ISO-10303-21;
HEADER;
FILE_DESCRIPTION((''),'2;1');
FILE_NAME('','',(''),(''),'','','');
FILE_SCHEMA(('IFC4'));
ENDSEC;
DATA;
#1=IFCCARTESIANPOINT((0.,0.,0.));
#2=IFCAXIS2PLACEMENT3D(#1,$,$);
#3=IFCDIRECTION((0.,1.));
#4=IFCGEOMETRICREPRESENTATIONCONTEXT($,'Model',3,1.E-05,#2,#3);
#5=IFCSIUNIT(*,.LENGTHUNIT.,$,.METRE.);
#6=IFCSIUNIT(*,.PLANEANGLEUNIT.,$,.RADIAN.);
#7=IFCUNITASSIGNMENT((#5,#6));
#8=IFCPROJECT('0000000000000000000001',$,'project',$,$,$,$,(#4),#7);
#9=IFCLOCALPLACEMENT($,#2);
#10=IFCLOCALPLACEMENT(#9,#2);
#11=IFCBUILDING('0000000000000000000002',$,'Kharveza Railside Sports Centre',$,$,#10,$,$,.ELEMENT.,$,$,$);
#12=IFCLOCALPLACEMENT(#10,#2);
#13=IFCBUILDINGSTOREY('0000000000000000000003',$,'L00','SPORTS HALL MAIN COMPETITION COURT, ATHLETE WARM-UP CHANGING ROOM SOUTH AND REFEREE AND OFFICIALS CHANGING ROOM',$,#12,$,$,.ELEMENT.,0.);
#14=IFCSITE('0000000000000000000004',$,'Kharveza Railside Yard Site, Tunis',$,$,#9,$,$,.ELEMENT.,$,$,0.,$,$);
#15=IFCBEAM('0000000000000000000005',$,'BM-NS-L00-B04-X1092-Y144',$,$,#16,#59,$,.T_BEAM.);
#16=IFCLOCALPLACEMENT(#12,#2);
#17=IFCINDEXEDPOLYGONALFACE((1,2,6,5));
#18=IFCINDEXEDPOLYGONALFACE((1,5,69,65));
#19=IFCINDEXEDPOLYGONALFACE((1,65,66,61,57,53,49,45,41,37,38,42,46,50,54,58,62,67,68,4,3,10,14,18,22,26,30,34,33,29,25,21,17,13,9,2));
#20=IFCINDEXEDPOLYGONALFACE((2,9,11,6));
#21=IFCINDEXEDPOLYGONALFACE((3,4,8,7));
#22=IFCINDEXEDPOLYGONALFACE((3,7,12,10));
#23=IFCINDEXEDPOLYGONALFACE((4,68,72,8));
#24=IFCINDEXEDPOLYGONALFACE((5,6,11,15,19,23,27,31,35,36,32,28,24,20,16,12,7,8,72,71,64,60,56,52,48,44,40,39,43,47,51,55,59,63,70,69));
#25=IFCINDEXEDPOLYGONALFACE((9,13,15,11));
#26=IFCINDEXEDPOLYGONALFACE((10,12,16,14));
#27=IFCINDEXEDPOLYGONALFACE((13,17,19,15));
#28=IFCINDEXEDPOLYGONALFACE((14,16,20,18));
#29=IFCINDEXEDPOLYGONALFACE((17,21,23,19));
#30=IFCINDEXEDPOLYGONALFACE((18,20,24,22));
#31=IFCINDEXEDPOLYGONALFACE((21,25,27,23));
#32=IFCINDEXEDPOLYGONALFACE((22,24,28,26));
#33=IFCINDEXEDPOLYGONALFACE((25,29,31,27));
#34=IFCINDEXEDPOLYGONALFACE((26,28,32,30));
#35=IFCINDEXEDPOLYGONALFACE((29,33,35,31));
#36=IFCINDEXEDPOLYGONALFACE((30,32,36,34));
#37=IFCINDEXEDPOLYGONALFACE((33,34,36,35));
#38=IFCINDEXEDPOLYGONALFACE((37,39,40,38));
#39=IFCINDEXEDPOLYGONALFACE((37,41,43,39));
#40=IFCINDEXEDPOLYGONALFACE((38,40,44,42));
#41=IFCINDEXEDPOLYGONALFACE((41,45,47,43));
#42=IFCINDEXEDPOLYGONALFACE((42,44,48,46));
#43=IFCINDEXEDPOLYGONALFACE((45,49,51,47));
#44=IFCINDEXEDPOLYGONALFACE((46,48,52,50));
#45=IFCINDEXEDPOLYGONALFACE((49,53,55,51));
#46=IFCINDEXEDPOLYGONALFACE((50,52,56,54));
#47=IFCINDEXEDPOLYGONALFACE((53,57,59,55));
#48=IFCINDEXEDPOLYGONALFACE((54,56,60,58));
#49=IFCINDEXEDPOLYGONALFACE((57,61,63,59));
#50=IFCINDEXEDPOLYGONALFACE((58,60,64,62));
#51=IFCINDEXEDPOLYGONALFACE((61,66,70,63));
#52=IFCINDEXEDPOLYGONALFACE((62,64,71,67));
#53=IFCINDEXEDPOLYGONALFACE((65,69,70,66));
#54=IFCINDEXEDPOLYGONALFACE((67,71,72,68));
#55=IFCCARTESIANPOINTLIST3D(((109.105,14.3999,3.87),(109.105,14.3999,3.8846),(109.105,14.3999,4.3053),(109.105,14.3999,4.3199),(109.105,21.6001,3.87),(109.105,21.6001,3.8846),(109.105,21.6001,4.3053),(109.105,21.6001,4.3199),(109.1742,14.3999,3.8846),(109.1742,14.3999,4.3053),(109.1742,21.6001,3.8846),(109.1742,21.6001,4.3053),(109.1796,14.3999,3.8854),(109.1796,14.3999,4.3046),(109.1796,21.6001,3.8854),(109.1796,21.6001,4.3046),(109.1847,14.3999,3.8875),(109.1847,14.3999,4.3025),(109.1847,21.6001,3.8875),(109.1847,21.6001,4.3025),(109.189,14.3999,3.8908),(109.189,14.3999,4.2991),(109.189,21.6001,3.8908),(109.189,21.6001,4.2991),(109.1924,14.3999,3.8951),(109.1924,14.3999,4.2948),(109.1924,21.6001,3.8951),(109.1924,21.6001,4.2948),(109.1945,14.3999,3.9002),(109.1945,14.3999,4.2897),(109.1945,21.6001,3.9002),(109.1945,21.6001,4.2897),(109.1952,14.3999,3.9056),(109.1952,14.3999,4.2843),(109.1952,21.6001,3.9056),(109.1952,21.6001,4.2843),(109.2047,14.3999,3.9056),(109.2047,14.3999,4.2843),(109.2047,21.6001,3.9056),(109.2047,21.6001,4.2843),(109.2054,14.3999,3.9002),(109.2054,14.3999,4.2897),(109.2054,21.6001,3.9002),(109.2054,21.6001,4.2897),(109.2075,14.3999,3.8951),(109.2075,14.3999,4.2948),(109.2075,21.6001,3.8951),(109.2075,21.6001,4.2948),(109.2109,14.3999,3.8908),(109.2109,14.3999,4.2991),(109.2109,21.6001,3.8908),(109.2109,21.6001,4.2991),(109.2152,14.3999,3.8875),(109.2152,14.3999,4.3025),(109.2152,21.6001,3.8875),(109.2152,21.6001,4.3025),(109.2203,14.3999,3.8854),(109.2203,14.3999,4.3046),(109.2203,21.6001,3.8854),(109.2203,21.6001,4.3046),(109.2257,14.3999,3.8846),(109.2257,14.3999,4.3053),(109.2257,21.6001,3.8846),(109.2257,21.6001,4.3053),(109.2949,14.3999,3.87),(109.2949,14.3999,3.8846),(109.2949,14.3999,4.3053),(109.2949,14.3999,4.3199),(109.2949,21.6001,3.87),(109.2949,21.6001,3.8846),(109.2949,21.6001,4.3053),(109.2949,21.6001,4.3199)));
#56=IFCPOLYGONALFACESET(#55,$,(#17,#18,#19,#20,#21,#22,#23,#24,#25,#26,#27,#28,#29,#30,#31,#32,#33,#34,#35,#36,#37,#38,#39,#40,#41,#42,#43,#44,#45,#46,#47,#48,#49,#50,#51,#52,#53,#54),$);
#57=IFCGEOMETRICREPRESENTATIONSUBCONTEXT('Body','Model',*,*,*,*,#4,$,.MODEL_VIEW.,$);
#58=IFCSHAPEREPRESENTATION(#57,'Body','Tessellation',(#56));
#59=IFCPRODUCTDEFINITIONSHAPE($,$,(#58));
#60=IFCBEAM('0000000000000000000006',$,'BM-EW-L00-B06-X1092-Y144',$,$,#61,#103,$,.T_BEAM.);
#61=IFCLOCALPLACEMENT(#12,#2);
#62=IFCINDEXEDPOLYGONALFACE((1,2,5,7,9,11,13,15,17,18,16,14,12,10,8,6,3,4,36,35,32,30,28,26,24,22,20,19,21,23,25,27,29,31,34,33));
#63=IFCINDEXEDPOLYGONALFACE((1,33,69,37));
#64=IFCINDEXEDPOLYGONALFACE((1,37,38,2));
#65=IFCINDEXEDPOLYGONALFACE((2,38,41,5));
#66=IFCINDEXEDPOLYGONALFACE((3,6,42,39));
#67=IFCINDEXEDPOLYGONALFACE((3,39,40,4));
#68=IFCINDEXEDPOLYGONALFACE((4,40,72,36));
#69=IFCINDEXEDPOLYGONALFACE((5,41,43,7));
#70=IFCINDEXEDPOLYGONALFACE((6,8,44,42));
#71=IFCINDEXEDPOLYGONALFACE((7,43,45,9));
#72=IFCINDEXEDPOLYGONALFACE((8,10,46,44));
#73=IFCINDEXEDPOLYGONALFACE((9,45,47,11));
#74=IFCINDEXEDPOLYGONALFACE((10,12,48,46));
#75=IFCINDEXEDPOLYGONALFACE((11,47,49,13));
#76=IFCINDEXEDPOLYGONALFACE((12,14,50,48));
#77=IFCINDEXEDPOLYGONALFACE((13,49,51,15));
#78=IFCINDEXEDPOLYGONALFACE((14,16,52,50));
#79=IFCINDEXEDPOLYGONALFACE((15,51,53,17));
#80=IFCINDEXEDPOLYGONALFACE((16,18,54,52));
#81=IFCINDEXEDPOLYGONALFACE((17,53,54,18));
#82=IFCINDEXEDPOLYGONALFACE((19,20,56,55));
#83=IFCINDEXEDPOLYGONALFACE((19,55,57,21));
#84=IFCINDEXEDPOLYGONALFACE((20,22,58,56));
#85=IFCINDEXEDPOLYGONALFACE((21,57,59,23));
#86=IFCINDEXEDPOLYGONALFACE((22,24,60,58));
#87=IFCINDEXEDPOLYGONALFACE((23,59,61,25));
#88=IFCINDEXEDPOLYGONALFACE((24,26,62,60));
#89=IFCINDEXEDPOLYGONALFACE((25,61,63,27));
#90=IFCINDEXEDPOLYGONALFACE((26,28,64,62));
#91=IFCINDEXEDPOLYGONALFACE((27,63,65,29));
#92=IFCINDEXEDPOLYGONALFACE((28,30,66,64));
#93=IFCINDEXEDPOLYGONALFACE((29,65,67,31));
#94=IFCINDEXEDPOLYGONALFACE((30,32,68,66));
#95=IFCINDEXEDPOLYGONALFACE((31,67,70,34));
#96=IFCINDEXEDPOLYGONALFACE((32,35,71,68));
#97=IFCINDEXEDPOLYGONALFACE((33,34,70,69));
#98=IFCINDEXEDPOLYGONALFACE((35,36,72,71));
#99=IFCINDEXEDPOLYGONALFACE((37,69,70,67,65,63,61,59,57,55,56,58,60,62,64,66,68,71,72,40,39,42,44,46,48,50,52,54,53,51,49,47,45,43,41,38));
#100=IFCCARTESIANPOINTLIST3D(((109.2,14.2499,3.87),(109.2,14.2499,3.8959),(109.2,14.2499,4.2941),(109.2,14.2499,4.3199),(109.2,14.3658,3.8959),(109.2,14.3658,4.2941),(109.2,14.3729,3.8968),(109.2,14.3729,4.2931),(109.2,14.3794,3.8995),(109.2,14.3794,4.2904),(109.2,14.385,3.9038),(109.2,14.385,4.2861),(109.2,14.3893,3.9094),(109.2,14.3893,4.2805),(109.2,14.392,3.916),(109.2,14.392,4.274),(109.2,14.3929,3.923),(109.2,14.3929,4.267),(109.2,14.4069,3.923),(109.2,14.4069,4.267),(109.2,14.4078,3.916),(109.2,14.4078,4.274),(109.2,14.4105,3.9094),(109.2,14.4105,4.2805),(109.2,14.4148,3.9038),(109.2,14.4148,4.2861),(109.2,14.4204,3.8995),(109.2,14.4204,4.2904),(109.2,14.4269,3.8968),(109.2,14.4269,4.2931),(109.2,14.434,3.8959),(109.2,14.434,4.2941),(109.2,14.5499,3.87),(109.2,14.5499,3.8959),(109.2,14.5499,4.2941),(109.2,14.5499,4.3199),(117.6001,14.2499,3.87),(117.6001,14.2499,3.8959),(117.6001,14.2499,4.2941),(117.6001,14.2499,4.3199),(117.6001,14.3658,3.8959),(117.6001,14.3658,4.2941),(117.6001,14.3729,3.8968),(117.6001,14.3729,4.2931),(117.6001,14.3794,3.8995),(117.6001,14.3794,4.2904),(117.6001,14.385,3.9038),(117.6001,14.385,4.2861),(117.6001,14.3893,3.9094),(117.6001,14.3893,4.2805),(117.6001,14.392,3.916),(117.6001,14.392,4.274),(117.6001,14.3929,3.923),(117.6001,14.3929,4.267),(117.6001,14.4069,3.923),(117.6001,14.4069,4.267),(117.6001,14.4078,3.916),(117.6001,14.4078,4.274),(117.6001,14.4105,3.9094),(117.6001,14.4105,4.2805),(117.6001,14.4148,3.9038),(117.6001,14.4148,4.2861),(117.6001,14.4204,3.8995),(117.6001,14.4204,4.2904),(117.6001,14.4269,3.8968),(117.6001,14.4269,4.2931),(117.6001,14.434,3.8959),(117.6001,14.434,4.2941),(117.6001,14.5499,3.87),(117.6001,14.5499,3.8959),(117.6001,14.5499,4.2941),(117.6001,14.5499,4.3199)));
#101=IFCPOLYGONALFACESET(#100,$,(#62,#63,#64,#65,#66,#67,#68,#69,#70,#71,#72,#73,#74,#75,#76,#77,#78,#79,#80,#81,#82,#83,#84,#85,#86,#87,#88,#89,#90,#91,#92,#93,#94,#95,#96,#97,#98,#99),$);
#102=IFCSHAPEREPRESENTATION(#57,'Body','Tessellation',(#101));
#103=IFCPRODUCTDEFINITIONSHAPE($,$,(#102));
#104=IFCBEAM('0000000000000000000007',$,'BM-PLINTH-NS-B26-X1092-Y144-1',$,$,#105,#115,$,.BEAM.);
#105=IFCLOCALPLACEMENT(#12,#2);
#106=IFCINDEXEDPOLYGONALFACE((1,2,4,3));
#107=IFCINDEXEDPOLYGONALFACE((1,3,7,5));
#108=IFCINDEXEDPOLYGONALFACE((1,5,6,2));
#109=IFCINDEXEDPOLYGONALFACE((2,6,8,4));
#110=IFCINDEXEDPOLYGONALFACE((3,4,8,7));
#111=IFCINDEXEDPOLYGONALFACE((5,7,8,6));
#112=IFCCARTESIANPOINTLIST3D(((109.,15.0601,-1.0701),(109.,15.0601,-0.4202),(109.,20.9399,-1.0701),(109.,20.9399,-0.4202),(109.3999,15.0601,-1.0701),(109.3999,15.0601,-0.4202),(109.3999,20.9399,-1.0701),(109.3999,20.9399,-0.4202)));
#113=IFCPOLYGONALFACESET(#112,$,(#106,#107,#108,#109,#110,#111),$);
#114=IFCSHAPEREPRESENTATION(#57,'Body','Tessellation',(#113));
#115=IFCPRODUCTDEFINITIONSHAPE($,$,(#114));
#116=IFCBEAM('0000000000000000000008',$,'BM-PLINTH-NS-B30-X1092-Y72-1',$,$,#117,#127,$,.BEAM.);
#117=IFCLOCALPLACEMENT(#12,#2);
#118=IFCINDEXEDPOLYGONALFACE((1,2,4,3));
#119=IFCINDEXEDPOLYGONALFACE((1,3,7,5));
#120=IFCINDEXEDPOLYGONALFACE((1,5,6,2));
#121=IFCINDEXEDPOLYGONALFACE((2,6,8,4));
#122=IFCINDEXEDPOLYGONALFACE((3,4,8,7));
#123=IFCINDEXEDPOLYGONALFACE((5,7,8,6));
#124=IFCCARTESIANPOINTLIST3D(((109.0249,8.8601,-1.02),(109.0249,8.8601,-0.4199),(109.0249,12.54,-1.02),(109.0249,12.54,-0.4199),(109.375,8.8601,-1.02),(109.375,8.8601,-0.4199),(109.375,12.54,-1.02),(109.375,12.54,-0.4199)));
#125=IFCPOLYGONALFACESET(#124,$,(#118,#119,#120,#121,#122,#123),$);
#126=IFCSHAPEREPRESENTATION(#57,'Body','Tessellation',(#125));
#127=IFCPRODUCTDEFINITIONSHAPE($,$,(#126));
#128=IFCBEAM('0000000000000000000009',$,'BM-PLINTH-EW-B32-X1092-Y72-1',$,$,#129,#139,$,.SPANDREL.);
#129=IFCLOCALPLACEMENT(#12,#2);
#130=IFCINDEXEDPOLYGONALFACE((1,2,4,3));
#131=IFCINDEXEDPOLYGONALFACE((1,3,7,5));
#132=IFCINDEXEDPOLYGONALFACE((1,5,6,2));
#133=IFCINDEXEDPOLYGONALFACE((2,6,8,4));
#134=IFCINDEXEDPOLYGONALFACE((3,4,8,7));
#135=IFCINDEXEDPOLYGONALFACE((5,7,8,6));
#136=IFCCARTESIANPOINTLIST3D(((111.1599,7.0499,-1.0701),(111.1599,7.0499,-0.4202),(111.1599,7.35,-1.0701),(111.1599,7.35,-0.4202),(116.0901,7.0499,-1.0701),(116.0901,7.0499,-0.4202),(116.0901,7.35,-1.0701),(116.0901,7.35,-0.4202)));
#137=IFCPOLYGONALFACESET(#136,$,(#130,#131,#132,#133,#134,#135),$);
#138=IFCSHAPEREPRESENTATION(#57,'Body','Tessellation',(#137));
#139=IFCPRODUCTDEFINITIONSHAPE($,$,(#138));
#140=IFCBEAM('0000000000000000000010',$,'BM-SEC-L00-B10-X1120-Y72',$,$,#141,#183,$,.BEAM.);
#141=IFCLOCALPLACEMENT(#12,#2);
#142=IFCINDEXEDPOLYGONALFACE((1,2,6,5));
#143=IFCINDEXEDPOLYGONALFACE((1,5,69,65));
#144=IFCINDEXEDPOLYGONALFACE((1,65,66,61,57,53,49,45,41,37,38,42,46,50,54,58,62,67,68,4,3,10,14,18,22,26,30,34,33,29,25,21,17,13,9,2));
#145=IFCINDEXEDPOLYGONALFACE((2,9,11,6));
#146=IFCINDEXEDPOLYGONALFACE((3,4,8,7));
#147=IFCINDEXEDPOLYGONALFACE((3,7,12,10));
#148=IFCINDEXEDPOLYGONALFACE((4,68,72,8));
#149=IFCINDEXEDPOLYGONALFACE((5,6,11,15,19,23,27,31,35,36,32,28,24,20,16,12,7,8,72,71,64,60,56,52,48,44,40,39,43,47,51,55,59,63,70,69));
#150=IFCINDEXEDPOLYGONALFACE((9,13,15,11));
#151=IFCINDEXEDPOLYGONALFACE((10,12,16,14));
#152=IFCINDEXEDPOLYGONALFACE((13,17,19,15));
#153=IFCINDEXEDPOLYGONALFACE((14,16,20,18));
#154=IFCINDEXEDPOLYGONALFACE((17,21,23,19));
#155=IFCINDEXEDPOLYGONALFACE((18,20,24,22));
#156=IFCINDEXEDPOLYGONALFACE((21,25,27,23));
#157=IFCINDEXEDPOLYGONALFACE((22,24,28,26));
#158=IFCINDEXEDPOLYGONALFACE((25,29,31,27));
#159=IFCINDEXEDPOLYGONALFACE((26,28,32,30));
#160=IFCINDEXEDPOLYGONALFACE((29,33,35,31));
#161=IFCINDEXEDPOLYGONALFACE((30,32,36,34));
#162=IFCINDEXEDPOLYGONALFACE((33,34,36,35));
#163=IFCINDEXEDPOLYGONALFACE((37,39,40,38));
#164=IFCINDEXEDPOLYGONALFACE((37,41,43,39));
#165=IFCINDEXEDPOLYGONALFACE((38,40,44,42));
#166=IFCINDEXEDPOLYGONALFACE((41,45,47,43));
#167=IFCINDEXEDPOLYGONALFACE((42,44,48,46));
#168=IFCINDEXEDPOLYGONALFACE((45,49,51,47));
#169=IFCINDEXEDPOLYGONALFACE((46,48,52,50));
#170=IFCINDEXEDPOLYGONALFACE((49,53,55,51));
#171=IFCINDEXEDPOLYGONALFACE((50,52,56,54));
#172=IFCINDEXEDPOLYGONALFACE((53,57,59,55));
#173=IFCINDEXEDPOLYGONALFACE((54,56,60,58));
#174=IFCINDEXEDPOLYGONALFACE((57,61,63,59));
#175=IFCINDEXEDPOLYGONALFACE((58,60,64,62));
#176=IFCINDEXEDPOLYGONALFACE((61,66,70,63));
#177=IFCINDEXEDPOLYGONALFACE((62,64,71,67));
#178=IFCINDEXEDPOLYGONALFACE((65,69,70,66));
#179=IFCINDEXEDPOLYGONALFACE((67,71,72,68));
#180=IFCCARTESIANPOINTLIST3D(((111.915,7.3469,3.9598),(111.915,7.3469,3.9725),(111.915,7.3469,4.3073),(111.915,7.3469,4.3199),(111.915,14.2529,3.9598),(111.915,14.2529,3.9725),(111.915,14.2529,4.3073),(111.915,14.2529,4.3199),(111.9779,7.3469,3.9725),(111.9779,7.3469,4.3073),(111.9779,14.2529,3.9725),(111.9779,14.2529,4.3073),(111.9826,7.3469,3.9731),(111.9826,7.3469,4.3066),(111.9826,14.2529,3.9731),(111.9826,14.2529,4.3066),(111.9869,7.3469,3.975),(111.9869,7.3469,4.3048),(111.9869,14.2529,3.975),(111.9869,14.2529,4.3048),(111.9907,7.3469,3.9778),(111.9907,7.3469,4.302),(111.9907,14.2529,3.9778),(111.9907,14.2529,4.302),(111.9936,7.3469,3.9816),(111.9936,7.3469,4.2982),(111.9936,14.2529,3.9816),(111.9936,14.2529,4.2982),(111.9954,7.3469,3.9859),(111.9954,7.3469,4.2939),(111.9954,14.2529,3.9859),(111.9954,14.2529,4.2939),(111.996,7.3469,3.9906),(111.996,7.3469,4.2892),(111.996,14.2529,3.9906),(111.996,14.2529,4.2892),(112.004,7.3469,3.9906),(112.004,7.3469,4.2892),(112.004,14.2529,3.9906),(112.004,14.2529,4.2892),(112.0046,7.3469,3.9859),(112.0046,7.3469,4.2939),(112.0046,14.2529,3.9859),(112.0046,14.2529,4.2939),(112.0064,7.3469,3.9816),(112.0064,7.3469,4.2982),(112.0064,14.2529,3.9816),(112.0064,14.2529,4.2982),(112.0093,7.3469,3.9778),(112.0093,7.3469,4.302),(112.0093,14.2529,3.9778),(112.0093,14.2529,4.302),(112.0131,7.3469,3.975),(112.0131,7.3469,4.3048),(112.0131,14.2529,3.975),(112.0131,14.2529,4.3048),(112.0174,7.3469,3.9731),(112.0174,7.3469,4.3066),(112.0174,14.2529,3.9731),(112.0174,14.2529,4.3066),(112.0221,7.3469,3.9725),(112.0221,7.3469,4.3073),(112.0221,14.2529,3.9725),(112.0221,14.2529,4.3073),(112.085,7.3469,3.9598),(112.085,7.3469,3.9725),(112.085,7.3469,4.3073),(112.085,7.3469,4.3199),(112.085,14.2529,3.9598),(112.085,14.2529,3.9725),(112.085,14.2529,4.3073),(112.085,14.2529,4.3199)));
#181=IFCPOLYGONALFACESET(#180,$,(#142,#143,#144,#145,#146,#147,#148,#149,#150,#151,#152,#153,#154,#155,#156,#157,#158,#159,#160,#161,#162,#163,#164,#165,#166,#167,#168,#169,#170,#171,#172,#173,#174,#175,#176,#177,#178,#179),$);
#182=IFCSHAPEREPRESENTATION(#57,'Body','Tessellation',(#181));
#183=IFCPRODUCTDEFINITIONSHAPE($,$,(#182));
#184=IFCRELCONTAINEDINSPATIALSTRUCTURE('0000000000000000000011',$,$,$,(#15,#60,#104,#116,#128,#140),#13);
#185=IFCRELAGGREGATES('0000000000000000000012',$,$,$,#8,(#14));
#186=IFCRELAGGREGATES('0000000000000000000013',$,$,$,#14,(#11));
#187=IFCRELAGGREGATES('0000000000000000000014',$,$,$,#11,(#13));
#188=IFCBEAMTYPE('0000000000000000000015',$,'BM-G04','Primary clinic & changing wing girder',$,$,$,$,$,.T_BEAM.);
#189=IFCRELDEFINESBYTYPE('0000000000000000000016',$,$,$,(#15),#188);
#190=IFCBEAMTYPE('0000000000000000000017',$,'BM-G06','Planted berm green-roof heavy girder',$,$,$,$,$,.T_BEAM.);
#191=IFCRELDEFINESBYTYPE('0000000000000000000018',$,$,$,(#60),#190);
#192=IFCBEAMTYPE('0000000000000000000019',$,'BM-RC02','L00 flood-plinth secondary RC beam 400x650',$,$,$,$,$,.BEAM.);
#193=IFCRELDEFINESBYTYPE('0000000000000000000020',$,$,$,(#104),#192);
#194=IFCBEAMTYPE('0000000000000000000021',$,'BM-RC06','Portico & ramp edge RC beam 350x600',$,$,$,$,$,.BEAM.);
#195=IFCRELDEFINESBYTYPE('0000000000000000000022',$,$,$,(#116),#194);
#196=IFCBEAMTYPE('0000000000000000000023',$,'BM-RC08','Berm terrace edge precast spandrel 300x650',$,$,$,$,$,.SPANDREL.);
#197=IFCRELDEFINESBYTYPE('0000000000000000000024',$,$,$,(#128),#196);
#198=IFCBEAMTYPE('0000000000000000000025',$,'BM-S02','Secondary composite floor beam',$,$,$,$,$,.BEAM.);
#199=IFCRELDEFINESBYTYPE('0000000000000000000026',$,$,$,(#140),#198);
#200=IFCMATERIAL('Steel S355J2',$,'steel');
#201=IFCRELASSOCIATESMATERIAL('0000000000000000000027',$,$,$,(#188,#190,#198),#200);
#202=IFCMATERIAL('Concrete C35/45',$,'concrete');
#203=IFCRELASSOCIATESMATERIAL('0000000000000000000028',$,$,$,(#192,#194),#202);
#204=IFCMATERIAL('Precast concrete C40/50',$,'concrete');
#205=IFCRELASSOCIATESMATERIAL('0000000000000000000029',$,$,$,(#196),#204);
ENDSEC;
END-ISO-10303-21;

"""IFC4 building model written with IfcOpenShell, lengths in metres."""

from ifc_helpers import new_model, si_unit, direction, frame, origin, origin_2d, place, context, subcontext, project, spatial, rectangle, i_section, extrude, material, material_profile, profile_set, type_object, element, save


model = new_model("IFC4")

# Units and contexts
model_context = context("Model", 3, precision=1e-05, world=origin(), true_north=direction((0.0, 1.0)))
body_context = subcontext(model_context, "Body", "Model", "MODEL_VIEW")
ifc_project = project(units=[si_unit("LENGTHUNIT", "METRE"), si_unit("PLANEANGLEUNIT", "RADIAN")], contexts=[model_context])

# Site, building, storey
site_placement = place(None, origin())
site = spatial("IfcSite", under=ifc_project, at=site_placement, Name="Kharveza Railside Yard Site, Tunis", CompositionType="ELEMENT", RefElevation=0.0)
building_placement = place(site_placement, origin())
building = spatial("IfcBuilding", under=site, at=building_placement, Name="Kharveza Railside Sports Centre", CompositionType="ELEMENT")
storey_placement = place(building_placement, origin())
storey = spatial("IfcBuildingStorey", under=building, at=storey_placement, Name="L00", Description="SPORTS HALL MAIN COMPETITION COURT, ATHLETE WARM-UP CHANGING ROOM SOUTH AND REFEREE AND OFFICIALS CHANGING ROOM", CompositionType="ELEMENT", Elevation=0.0)

# Shared definitions
ifc_material_1 = material(Name="Concrete C35/45", Category="concrete")

# Shared definitions
ifc_material_2 = material(Name="Steel S355J2", Category="steel")

# Beams
ifc_material_profile_1 = material_profile(ifc_material_2, i_section(OverallWidth=0.1899, OverallDepth=0.45, WebThickness=0.0095, FlangeThickness=0.0146, FilletRadius=0.021, at=origin_2d()), Name="IPE 450")
ifc_profile_set_1 = profile_set([ifc_material_profile_1], Name="Steel S355J2")
beam_type_1 = type_object("IfcBeamType", Name="BM-G04", Description="Primary clinic & changing wing girder", PredefinedType="T_BEAM", material=ifc_profile_set_1)
beam_1_placement = place(storey_placement, frame((109.2, 14.3999, 4.095), z_axis=(0.0, 1.0, 0.0), x_axis=(-1.0, 0.0, 0.0)))
element("IfcBeam", 1, at=beam_1_placement, inside=storey, type_object=beam_type_1, Name="BM-NS-L00-B04-X1092-Y144", PredefinedType="T_BEAM", context=body_context, shape_type="SweptSolid", body=[
    extrude(i_section(OverallWidth=0.1899, OverallDepth=0.45, WebThickness=0.0095, FlangeThickness=0.0146, FilletRadius=0.021, at=origin_2d()), origin(), (0.0, 0.0, 1.0), 7.2002),
])
ifc_material_profile_2 = material_profile(ifc_material_2, i_section(OverallWidth=0.3, OverallDepth=0.45, WebThickness=0.0139, FlangeThickness=0.0259, FilletRadius=0.0271, at=origin_2d()), Name="HEB 450")
ifc_profile_set_2 = profile_set([ifc_material_profile_2], Name="Steel S355J2")
beam_type_2 = type_object("IfcBeamType", Name="BM-G06", Description="Planted berm green-roof heavy girder", PredefinedType="T_BEAM", material=ifc_profile_set_2)
beam_2_placement = place(storey_placement, frame((109.2, 14.3999, 4.095), z_axis=(1.0, 0.0, 0.0), x_axis=(0.0, 1.0, 0.0)))
element("IfcBeam", 2, at=beam_2_placement, inside=storey, type_object=beam_type_2, Name="BM-EW-L00-B06-X1092-Y144", PredefinedType="T_BEAM", context=body_context, shape_type="SweptSolid", body=[
    extrude(i_section(OverallWidth=0.3, OverallDepth=0.45, WebThickness=0.0139, FlangeThickness=0.0259, FilletRadius=0.0271, at=origin_2d()), origin(), (0.0, 0.0, 1.0), 8.4001),
])
ifc_material_profile_3 = material_profile(ifc_material_1, rectangle(XDim=0.3999, YDim=0.6499, at=origin_2d()), Name="RCB 400x650")
ifc_profile_set_3 = profile_set([ifc_material_profile_3], Name="Concrete C35/45")
beam_type_3 = type_object("IfcBeamType", Name="BM-RC02", Description="L00 flood-plinth secondary RC beam 400x650", PredefinedType="BEAM", material=ifc_profile_set_3)
beam_3_placement = place(storey_placement, frame((109.2, 15.0601, -0.7451), z_axis=(0.0, 1.0, 0.0), x_axis=(-1.0, 0.0, 0.0)))
element("IfcBeam", 3, at=beam_3_placement, inside=storey, type_object=beam_type_3, Name="BM-PLINTH-NS-B26-X1092-Y144-1", PredefinedType="BEAM", context=body_context, shape_type="SweptSolid", body=[
    extrude(rectangle(XDim=0.3999, YDim=0.6499, at=origin_2d()), origin(), (0.0, 0.0, 1.0), 5.8799),
])
ifc_material_profile_4 = material_profile(ifc_material_1, rectangle(XDim=0.3501, YDim=0.6001, at=origin_2d()), Name="RCB 350x600")
ifc_profile_set_4 = profile_set([ifc_material_profile_4], Name="Concrete C35/45")
beam_type_4 = type_object("IfcBeamType", Name="BM-RC06", Description="Portico & ramp edge RC beam 350x600", PredefinedType="BEAM", material=ifc_profile_set_4)
beam_4_placement = place(storey_placement, frame((109.2, 8.8601, -0.72), z_axis=(0.0, 1.0, 0.0), x_axis=(-1.0, 0.0, 0.0)))
element("IfcBeam", 4, at=beam_4_placement, inside=storey, type_object=beam_type_4, Name="BM-PLINTH-NS-B30-X1092-Y72-1", PredefinedType="BEAM", context=body_context, shape_type="SweptSolid", body=[
    extrude(rectangle(XDim=0.3501, YDim=0.6001, at=origin_2d()), origin(), (0.0, 0.0, 1.0), 3.6799),
])
ifc_material_3 = material(Name="Precast concrete C40/50", Category="concrete")
ifc_material_profile_5 = material_profile(ifc_material_3, rectangle(XDim=0.3, YDim=0.6499, at=origin_2d()), Name="RCB 300x650")
ifc_profile_set_5 = profile_set([ifc_material_profile_5], Name="Precast concrete C40/50")
beam_type_5 = type_object("IfcBeamType", Name="BM-RC08", Description="Berm terrace edge precast spandrel 300x650", PredefinedType="SPANDREL", material=ifc_profile_set_5)
beam_5_placement = place(storey_placement, frame((111.1599, 7.2, -0.7451), z_axis=(1.0, 0.0, 0.0), x_axis=(0.0, 1.0, 0.0)))
element("IfcBeam", 5, at=beam_5_placement, inside=storey, type_object=beam_type_5, Name="BM-PLINTH-EW-B32-X1092-Y72-1", PredefinedType="SPANDREL", context=body_context, shape_type="SweptSolid", body=[
    extrude(rectangle(XDim=0.3, YDim=0.6499, at=origin_2d()), origin(), (0.0, 0.0, 1.0), 4.9302),
])
ifc_material_profile_6 = material_profile(ifc_material_2, i_section(OverallWidth=0.1699, OverallDepth=0.3601, WebThickness=0.0081, FlangeThickness=0.0127, FilletRadius=0.0181, at=origin_2d()), Name="IPE 360")
ifc_profile_set_6 = profile_set([ifc_material_profile_6], Name="Steel S355J2")
beam_type_6 = type_object("IfcBeamType", Name="BM-S02", Description="Secondary composite floor beam", PredefinedType="BEAM", material=ifc_profile_set_6)
beam_6_placement = place(storey_placement, frame((112.0, 7.3469, 4.1399), z_axis=(0.0, 1.0, 0.0), x_axis=(-1.0, 0.0, 0.0)))
element("IfcBeam", 6, at=beam_6_placement, inside=storey, type_object=beam_type_6, Name="BM-SEC-L00-B10-X1120-Y72", PredefinedType="BEAM", context=body_context, shape_type="SweptSolid", body=[
    extrude(i_section(OverallWidth=0.1699, OverallDepth=0.3601, WebThickness=0.0081, FlangeThickness=0.0127, FilletRadius=0.0181, at=origin_2d()), origin(), (0.0, 0.0, 1.0), 6.906),
])

save(model, "model.ifc")
